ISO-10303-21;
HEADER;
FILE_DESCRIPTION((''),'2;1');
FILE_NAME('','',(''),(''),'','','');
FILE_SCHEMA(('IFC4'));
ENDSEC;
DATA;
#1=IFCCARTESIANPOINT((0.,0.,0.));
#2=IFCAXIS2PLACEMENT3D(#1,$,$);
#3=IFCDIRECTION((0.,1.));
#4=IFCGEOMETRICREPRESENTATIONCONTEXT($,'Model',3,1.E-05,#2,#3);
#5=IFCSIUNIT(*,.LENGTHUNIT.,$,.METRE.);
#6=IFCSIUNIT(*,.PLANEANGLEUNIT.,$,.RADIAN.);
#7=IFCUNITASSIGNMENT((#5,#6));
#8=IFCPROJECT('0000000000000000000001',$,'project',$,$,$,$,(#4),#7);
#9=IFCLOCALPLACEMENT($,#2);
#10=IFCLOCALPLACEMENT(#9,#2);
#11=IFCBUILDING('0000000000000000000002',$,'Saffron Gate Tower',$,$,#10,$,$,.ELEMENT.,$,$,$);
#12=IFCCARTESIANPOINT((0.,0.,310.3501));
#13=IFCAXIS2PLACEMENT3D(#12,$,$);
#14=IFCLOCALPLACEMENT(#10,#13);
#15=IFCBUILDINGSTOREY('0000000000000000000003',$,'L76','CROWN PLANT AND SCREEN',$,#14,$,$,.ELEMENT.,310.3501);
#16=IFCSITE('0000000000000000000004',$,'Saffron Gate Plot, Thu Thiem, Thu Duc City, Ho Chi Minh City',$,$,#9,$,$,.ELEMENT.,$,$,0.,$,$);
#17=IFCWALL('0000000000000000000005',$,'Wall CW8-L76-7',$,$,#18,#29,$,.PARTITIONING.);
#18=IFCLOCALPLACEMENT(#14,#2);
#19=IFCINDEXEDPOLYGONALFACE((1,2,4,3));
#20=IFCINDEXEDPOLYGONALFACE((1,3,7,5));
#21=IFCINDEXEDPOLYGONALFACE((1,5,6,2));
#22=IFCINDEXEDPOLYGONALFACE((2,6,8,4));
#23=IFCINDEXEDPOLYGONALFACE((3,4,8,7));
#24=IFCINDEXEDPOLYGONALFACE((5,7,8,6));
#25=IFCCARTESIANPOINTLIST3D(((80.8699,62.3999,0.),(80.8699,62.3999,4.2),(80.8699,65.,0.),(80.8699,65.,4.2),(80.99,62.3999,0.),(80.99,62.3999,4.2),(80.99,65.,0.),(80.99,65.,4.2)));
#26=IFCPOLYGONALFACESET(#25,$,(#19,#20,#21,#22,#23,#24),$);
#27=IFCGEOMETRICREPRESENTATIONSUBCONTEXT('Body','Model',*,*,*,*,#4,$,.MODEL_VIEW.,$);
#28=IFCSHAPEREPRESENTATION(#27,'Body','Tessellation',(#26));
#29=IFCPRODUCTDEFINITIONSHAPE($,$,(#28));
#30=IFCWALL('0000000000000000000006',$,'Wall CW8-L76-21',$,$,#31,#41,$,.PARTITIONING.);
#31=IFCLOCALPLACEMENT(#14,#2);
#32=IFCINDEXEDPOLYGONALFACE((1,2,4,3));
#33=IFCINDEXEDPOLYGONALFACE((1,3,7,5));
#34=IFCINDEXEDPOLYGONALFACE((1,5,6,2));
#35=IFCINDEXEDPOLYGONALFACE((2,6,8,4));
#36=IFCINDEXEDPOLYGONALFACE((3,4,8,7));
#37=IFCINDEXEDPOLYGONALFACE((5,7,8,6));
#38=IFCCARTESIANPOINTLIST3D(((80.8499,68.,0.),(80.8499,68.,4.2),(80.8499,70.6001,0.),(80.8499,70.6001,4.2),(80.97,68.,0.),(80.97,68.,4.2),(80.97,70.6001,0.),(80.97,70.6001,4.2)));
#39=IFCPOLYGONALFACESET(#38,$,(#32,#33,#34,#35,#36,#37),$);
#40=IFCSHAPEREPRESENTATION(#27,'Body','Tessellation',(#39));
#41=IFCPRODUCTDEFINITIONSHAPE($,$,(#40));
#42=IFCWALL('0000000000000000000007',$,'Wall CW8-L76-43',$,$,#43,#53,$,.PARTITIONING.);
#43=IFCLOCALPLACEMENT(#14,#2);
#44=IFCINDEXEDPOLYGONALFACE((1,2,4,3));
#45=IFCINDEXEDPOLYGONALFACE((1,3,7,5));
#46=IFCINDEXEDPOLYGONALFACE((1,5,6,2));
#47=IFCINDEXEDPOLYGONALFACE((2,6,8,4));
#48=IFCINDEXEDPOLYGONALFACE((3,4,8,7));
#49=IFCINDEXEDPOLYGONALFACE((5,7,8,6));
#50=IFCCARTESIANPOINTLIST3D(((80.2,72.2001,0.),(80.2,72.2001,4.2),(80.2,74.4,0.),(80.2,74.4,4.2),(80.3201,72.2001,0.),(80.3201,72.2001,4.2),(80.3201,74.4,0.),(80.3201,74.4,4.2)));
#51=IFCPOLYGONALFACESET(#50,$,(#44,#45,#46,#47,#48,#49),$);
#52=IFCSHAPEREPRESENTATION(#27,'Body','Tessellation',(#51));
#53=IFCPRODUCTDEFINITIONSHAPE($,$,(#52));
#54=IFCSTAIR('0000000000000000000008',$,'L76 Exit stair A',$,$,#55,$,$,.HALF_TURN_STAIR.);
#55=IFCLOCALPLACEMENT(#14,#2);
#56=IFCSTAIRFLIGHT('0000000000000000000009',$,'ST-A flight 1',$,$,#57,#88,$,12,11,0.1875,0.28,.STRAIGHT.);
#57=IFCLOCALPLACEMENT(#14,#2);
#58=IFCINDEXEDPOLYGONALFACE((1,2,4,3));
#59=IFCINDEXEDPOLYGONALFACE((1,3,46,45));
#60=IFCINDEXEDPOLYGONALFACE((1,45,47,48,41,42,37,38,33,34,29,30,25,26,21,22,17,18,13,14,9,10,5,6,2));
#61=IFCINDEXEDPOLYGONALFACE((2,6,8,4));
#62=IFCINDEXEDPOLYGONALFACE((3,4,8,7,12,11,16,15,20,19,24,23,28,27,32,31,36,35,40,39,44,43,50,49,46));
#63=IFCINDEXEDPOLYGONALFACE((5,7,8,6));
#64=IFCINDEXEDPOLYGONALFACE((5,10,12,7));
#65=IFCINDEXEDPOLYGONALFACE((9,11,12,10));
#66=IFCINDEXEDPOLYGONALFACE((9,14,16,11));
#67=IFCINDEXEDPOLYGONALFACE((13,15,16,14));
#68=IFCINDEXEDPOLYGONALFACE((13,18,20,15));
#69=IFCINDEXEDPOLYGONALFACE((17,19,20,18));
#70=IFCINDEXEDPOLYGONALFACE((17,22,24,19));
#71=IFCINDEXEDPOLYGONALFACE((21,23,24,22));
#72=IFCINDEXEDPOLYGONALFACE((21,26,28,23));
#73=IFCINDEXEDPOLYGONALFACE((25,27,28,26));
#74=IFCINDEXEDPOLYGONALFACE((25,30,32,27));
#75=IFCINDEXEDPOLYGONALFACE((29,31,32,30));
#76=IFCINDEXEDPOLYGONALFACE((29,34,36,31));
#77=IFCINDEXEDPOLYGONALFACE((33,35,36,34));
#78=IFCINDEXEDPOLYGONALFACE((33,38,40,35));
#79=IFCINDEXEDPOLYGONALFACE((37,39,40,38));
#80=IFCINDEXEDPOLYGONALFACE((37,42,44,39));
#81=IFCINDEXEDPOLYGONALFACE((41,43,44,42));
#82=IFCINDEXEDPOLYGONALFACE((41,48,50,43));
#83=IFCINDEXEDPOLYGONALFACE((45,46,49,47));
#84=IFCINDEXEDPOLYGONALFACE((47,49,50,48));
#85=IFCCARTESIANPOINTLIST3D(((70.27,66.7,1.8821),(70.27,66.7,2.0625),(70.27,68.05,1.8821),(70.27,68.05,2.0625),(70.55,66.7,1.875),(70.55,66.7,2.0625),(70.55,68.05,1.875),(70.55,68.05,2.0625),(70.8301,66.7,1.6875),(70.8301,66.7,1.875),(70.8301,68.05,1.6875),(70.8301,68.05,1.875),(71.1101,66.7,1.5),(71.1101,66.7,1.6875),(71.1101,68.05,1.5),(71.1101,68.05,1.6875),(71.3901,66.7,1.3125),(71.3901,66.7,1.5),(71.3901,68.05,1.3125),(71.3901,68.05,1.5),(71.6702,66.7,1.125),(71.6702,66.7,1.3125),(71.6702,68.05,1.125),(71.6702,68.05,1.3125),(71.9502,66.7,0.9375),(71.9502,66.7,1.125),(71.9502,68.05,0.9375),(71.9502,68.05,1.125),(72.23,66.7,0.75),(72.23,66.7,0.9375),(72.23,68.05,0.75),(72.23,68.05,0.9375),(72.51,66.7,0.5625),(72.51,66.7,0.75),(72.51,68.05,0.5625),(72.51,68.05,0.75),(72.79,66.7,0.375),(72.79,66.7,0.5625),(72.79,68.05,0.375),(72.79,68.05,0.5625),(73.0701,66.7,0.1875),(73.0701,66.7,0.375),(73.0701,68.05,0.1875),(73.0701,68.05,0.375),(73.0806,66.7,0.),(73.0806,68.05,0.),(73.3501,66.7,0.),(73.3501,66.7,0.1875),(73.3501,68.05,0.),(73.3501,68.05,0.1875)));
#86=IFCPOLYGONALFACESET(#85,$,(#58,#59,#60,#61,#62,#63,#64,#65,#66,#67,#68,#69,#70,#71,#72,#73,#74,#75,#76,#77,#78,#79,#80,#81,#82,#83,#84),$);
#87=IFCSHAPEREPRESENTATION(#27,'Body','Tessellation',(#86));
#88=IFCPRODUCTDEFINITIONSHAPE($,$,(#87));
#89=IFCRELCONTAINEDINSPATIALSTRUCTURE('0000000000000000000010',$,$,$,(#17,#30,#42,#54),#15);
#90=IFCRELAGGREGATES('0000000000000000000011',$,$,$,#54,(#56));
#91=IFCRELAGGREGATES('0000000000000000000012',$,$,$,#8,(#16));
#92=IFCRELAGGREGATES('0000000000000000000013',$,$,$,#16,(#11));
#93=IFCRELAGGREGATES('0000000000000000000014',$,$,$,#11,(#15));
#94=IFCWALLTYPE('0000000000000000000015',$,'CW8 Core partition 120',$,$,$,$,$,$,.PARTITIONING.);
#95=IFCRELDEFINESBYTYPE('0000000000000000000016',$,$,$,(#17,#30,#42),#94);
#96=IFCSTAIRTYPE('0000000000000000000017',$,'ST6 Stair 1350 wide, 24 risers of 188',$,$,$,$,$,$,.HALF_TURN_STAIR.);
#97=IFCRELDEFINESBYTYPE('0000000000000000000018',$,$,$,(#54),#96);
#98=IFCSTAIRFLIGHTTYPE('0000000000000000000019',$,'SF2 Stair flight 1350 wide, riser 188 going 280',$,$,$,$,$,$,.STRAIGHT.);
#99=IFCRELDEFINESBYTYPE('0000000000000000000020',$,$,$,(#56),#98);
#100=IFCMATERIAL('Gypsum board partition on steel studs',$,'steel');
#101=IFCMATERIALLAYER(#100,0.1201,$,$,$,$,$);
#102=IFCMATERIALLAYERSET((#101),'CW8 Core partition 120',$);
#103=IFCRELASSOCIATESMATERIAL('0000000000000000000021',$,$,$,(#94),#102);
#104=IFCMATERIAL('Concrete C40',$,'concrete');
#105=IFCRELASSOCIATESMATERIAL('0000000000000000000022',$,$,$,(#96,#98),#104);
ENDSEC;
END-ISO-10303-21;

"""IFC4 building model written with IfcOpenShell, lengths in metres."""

from ifc_helpers import new_model, si_unit, direction, frame, frame_2d, origin, place, context, subcontext, project, spatial, polyline, rectangle, outline, extrude, material, layer, layer_set, type_object, element, aggregate, save


model = new_model("IFC4")

# Units and contexts
model_context = context("Model", 3, precision=1e-05, world=origin(), true_north=direction((0.0, 1.0)))
body_context = subcontext(model_context, "Body", "Model", "MODEL_VIEW")
ifc_project = project(units=[si_unit("LENGTHUNIT", "METRE"), si_unit("PLANEANGLEUNIT", "RADIAN")], contexts=[model_context])

# Site, building, storey
site_placement = place(None, origin())
site = spatial("IfcSite", under=ifc_project, at=site_placement, Name="Saffron Gate Plot, Thu Thiem, Thu Duc City, Ho Chi Minh City", CompositionType="ELEMENT", RefElevation=0.0)
building_placement = place(site_placement, origin())
building = spatial("IfcBuilding", under=site, at=building_placement, Name="Saffron Gate Tower", CompositionType="ELEMENT")
storey_placement = place(building_placement, frame((0.0, 0.0, 310.3501)))
storey = spatial("IfcBuildingStorey", under=building, at=storey_placement, Name="L76", Description="CROWN PLANT AND SCREEN", CompositionType="ELEMENT", Elevation=310.3501)

# Walls
ifc_material_1 = material(Name="Gypsum board partition on steel studs", Category="steel")
ifc_layer_1 = layer(ifc_material_1, 0.1201)
ifc_layer_set_1 = layer_set([ifc_layer_1], Name="CW8 Core partition 120")
wall_type_1 = type_object("IfcWallType", Name="CW8 Core partition 120", PredefinedType="PARTITIONING", material=ifc_layer_set_1)
for number, where, z_axis, x_axis, name in (
    (1, (80.9299, 62.3999, 0.0), (0.0, 0.0, 1.0), (0.0, 1.0, 0.0), "Wall CW8-L76-7"),
    (2, (80.9099, 68.0, 0.0), (0.0, 0.0, 1.0), (0.0, 1.0, 0.0), "Wall CW8-L76-21"),
):
    element("IfcWall", number, at=place(storey_placement, frame(where, z_axis=z_axis, x_axis=x_axis)), inside=storey, type_object=wall_type_1, Name=name, PredefinedType="PARTITIONING", context=body_context, shape_type="SweptSolid", body=[
        extrude(rectangle(XDim=2.6001, YDim=0.1201, at=frame_2d((1.3, 0.0))), origin(), (0.0, 0.0, 1.0), 4.2),
    ])
wall_1_placement = place(storey_placement, frame((80.26, 72.2, 0.0), z_axis=(0.0, 0.0, 1.0), x_axis=(0.0, 1.0, 0.0)))
element("IfcWall", 3, at=wall_1_placement, inside=storey, type_object=wall_type_1, Name="Wall CW8-L76-43", PredefinedType="PARTITIONING", context=body_context, shape_type="SweptSolid", body=[
    extrude(rectangle(XDim=2.2, YDim=0.1201, at=frame_2d((1.1001, 0.0))), origin(), (0.0, 0.0, 1.0), 4.2),
])

# Stair, stair flight
ifc_material_2 = material(Name="Concrete C40", Category="concrete")
stair_type = type_object("IfcStairType", Name="ST6 Stair 1350 wide, 24 risers of 188", PredefinedType="HALF_TURN_STAIR", material=ifc_material_2)
stair_placement = place(storey_placement, origin())
stair = element("IfcStair", 4, at=stair_placement, inside=storey, type_object=stair_type, Name="L76 Exit stair A", PredefinedType="HALF_TURN_STAIR")
stair_flight_type = type_object("IfcStairFlightType", Name="SF2 Stair flight 1350 wide, riser 188 going 280", PredefinedType="STRAIGHT", material=ifc_material_2)
stair_flight_placement = place(storey_placement, frame((73.3501, 67.375, 0.0), z_axis=(0.0, 0.0, 1.0), x_axis=(-1.0, 0.0, 0.0)))
stair_flight = element("IfcStairFlight", 5, at=stair_flight_placement, type_object=stair_flight_type, Name="ST-A flight 1", NumberOfRisers=12, NumberOfTreads=11, PredefinedType="STRAIGHT", RiserHeight=0.1875, TreadLength=0.28, context=body_context, shape_type="SweptSolid", body=[
    extrude(outline(polyline([(0.0, 0.0), (0.0, 0.1875), (0.28, 0.1875), (0.28, 0.375), (0.5601, 0.375), (0.5601, 0.5625), (0.8401, 0.5625), (0.8401, 0.75), (1.1201, 0.75), (1.1201, 0.9375), (1.3999, 0.9375), (1.3999, 1.125), (1.6799, 1.125), (1.6799, 1.3125), (1.96, 1.3125), (1.96, 1.5), (2.24, 1.5), (2.24, 1.6875), (2.52, 1.6875), (2.52, 1.875), (2.8, 1.875), (2.8, 2.0625), (3.0801, 2.0625), (3.0801, 2.25), (3.0801, 1.8821), (0.2695, 0.0), (0.0, 0.0)])), frame((0.0, 0.675, 0.0), z_axis=(0.0, -1.0, 0.0), x_axis=(1.0, 0.0, 0.0)), (0.0, 0.0, 1.0), 1.3501),
])
aggregate(stair, [stair_flight])

save(model, "model.ifc")
